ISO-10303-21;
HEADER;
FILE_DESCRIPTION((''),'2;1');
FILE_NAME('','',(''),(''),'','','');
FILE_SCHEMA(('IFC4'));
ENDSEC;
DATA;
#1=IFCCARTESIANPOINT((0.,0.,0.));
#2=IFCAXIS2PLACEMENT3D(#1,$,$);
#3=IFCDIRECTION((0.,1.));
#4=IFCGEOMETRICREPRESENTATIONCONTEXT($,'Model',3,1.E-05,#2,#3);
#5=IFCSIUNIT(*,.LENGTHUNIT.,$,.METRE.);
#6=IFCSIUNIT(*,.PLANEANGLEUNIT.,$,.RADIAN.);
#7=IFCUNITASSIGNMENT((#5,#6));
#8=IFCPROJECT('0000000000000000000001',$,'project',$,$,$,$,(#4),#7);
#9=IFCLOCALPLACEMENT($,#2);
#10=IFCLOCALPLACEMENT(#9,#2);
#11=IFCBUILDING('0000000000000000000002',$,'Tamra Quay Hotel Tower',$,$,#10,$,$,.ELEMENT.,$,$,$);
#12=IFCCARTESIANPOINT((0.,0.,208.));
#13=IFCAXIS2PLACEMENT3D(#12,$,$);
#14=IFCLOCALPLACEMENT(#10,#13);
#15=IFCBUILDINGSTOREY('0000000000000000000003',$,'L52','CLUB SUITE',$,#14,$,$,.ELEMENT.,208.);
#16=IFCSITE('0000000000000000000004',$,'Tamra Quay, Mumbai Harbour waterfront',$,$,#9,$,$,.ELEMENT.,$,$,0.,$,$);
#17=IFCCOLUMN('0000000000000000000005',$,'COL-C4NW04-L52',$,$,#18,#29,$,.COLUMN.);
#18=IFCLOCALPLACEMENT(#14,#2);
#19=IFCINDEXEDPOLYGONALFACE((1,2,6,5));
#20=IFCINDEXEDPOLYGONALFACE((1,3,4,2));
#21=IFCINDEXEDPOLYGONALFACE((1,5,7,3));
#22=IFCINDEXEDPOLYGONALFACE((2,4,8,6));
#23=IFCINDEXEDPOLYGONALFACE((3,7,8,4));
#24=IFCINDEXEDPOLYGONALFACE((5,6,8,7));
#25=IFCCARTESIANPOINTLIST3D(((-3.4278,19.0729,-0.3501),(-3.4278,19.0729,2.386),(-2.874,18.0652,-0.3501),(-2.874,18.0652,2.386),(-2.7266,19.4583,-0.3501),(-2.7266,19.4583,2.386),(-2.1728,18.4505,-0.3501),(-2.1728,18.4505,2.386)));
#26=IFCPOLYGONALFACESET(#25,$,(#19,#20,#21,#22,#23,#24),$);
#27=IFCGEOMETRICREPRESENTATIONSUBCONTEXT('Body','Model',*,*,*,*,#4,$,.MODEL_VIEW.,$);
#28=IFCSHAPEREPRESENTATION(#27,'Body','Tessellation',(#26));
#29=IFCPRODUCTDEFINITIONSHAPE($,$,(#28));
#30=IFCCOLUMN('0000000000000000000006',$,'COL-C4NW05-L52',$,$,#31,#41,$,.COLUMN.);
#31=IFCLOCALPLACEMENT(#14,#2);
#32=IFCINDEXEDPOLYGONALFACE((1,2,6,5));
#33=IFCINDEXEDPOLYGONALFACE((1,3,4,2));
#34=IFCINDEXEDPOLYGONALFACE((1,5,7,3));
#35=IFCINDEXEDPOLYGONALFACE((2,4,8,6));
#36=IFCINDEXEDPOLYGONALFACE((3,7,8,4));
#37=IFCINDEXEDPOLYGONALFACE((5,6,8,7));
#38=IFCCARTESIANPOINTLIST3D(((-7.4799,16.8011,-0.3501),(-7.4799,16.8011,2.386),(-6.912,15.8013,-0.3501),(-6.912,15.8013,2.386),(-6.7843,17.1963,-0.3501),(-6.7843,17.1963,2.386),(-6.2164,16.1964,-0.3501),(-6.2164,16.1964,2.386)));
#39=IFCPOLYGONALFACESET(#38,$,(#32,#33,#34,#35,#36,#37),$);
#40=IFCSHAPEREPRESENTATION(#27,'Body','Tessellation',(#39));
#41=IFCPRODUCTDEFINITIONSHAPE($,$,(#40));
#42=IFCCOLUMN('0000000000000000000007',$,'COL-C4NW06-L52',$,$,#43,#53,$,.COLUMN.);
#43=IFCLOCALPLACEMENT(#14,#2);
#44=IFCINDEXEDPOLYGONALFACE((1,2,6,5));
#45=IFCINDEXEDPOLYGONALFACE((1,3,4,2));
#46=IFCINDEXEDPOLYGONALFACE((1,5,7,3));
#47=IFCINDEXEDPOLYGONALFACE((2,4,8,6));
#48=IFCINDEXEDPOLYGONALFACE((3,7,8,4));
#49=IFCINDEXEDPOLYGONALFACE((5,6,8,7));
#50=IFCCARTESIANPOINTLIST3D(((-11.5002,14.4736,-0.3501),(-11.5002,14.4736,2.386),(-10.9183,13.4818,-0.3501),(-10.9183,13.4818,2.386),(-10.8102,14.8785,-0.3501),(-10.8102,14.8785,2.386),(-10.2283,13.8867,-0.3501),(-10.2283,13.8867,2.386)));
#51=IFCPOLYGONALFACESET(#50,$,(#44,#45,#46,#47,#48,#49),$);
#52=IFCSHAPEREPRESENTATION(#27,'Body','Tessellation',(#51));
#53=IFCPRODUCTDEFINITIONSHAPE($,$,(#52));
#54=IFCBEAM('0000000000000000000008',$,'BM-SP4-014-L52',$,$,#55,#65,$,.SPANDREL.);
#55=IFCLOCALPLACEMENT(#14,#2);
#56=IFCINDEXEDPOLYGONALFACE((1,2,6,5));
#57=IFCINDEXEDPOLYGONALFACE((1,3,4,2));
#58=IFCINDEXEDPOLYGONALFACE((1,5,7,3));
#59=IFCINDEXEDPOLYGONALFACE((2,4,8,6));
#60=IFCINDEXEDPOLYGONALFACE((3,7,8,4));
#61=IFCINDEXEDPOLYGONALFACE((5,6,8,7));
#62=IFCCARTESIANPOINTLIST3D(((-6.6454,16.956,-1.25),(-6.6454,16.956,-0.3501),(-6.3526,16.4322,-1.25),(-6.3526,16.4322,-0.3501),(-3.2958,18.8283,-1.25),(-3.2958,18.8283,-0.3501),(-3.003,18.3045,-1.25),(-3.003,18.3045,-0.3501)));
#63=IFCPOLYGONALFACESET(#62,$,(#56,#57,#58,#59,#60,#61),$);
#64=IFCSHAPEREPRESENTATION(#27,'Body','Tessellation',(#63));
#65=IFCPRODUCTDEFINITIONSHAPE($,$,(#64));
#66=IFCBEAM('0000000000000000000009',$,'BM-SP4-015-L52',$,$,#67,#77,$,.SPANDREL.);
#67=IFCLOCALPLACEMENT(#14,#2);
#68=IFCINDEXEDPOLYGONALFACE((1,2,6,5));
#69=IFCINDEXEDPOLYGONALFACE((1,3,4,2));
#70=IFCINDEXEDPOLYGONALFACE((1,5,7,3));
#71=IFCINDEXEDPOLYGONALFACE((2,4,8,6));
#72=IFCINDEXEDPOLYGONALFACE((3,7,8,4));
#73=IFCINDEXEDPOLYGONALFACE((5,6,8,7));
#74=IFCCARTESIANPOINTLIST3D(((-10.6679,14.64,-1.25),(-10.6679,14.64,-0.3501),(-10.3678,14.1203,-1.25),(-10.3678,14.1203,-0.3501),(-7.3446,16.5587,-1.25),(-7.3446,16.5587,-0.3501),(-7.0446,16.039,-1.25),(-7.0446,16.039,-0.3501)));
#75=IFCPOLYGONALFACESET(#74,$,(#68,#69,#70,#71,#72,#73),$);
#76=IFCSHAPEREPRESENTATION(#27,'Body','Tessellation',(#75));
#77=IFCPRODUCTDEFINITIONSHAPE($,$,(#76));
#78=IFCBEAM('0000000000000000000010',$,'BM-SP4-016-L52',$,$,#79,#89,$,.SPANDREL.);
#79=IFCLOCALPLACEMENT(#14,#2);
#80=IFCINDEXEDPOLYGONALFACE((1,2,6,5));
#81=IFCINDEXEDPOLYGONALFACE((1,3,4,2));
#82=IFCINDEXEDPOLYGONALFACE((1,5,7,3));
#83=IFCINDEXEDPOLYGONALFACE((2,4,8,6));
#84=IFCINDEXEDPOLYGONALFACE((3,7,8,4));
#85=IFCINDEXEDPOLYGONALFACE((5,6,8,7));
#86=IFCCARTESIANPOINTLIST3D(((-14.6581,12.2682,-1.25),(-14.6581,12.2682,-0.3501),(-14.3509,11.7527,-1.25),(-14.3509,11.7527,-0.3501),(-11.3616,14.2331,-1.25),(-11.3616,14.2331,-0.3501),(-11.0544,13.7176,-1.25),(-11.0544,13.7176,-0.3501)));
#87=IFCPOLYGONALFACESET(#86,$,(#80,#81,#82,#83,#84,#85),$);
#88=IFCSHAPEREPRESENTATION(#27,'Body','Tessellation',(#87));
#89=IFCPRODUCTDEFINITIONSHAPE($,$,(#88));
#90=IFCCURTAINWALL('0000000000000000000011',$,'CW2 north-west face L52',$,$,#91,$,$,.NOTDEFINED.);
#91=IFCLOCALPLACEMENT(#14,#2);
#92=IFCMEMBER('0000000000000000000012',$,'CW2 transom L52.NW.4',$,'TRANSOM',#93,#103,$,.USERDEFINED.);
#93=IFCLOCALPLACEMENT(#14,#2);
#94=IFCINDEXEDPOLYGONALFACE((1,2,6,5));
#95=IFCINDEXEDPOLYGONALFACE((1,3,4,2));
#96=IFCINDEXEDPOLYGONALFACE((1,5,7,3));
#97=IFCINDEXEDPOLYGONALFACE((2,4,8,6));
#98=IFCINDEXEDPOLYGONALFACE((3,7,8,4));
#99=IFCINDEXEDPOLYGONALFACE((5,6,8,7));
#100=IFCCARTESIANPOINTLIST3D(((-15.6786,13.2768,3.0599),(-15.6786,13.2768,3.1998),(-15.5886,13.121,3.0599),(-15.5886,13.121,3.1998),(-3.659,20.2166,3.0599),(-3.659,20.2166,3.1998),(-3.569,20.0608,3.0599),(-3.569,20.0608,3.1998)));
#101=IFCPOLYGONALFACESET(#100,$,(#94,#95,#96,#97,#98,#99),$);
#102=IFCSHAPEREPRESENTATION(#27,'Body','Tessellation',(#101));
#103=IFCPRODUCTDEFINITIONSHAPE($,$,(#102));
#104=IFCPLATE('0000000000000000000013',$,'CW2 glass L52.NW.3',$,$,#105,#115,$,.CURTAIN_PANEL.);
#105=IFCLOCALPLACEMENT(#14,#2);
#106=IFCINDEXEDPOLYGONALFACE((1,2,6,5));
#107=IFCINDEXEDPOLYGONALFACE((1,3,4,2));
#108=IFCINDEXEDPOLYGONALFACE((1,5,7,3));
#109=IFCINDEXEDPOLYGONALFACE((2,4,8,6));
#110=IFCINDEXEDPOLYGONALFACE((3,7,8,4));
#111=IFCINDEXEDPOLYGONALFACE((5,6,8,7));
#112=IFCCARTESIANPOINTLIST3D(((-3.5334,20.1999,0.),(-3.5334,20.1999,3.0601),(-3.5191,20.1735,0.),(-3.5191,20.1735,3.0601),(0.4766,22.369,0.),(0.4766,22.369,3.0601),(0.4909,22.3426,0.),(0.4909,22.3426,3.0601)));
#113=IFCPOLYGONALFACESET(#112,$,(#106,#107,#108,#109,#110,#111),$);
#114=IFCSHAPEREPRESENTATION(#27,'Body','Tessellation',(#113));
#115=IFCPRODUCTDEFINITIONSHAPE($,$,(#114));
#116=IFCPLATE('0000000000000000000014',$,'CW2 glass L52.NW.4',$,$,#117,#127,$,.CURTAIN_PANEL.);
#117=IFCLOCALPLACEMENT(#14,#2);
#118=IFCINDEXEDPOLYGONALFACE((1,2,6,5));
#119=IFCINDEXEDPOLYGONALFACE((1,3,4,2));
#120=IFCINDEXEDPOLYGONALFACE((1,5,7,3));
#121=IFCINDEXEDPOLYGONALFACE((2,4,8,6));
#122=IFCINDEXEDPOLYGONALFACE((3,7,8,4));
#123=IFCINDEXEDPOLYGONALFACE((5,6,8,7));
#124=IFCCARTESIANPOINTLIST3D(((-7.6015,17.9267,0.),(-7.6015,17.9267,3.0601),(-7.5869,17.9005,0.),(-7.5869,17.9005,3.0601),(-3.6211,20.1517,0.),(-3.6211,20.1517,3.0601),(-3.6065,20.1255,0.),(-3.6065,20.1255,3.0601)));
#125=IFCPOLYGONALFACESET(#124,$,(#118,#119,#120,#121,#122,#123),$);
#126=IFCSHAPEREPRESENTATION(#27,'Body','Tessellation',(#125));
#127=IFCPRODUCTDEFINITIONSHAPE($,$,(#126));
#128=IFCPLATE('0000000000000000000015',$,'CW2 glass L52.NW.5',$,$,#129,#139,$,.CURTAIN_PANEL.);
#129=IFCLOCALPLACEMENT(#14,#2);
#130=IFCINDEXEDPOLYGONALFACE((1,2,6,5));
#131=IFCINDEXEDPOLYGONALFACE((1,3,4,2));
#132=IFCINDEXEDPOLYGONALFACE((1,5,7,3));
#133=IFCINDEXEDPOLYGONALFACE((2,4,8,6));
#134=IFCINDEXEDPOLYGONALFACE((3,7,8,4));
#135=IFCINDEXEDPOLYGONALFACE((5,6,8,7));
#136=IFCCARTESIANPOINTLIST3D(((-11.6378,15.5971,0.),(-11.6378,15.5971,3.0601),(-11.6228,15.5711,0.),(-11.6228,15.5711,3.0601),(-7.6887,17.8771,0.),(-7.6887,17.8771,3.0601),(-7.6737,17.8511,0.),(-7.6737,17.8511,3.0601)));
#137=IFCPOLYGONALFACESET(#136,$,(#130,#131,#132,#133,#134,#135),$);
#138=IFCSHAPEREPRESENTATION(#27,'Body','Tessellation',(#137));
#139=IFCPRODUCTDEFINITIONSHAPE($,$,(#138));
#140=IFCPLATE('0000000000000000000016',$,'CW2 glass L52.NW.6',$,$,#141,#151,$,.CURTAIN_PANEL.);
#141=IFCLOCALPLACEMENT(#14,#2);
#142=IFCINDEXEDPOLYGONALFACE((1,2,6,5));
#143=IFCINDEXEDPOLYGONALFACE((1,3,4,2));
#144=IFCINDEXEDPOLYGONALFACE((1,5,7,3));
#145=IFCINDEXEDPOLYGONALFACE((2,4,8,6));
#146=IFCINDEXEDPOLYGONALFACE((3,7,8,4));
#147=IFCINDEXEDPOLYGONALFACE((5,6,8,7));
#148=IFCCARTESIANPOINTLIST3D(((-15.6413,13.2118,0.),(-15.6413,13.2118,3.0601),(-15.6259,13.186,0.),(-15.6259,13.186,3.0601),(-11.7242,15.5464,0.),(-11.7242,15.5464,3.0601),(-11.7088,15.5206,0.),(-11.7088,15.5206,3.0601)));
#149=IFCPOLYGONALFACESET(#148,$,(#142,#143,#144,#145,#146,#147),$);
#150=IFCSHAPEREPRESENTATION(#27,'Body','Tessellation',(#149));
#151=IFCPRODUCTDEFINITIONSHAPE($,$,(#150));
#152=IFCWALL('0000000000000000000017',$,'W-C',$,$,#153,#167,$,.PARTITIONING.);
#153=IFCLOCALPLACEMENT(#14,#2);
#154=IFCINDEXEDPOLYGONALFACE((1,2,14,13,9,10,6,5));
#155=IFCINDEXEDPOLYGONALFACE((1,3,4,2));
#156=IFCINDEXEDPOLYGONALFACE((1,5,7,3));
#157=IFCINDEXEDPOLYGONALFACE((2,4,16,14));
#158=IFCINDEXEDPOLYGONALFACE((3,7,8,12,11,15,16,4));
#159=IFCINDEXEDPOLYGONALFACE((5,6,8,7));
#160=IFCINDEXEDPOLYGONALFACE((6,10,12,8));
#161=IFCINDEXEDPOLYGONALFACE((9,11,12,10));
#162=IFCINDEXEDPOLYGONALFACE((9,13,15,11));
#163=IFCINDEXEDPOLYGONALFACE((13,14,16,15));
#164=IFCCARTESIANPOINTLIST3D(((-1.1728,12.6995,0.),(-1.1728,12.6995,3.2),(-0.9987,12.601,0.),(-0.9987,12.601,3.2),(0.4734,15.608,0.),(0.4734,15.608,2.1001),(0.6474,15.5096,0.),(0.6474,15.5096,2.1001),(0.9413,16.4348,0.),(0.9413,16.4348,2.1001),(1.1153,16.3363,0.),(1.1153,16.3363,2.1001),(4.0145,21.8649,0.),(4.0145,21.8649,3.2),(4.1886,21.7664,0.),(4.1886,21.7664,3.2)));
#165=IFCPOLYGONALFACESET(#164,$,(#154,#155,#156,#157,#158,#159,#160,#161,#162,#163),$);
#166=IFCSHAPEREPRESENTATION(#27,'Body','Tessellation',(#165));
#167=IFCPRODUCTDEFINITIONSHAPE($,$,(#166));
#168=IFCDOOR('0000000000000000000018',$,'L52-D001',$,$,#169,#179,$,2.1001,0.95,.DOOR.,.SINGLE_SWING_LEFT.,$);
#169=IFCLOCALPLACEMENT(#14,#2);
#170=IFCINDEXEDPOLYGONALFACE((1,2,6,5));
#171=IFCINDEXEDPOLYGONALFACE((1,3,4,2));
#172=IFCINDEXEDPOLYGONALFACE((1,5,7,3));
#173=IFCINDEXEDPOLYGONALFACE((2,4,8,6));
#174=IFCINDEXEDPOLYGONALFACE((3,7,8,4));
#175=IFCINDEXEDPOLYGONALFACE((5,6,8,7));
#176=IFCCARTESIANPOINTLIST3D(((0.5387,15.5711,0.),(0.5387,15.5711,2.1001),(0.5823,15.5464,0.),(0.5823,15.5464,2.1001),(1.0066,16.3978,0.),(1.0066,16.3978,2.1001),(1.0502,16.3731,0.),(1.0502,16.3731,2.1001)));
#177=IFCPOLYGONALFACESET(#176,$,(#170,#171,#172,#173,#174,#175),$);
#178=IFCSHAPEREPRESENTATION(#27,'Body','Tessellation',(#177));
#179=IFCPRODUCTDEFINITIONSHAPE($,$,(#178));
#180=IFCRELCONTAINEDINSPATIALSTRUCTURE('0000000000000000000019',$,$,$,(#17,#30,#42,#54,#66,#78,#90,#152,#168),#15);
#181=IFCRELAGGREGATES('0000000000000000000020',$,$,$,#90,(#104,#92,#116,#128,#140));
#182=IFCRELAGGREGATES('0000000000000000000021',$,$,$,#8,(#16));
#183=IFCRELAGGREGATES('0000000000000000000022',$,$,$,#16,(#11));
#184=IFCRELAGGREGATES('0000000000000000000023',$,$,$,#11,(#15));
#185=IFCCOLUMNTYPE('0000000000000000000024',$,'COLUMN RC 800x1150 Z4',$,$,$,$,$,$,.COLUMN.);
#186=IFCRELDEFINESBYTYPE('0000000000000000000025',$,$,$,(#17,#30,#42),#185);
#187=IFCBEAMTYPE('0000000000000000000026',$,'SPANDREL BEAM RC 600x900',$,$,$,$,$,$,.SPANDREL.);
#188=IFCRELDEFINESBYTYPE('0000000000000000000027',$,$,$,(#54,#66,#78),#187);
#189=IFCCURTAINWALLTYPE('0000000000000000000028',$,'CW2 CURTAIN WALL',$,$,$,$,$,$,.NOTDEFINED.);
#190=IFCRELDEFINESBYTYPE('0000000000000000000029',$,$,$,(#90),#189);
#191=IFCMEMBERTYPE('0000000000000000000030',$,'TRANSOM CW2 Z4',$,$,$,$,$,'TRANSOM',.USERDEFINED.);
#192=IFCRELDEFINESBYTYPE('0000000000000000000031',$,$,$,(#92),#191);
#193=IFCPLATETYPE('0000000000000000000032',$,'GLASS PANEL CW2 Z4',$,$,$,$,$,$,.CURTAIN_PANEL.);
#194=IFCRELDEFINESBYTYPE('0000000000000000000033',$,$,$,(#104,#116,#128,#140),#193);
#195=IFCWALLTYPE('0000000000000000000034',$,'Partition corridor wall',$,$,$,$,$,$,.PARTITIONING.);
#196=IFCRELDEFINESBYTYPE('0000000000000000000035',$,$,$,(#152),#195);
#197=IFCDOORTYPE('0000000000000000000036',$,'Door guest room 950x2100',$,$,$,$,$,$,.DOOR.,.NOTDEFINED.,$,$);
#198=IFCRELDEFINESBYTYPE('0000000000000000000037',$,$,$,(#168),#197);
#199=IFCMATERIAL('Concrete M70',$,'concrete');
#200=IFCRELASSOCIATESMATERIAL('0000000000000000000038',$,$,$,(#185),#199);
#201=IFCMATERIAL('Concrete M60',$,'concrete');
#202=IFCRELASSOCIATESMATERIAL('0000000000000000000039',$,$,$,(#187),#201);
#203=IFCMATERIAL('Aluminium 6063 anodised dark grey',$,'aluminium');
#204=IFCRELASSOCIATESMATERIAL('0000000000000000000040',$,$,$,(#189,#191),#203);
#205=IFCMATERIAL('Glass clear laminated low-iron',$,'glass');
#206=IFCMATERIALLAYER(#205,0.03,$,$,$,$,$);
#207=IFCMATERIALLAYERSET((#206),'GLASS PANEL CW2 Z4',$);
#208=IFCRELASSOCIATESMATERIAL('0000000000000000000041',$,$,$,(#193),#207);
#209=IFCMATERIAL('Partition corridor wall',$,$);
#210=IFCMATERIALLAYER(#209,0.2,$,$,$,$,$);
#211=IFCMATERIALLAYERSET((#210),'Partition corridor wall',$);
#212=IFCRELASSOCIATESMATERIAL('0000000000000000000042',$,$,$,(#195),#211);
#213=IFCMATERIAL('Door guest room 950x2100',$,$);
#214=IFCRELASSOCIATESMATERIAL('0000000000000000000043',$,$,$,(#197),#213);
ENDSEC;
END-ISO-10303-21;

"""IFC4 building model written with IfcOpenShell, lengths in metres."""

from ifc_helpers import new_model, si_unit, direction, frame, frame_2d, origin, origin_2d, place, context, subcontext, project, spatial, rectangle, extrude, material, layer, layer_set, material_profile, profile_set, type_object, element, fill, aggregate, save


model = new_model("IFC4")

# Units and contexts
model_context = context("Model", 3, precision=1e-05, world=origin(), true_north=direction((0.0, 1.0)))
body_context = subcontext(model_context, "Body", "Model", "MODEL_VIEW")
ifc_project = project(units=[si_unit("LENGTHUNIT", "METRE"), si_unit("PLANEANGLEUNIT", "RADIAN")], contexts=[model_context])

# Site, building, storey
site_placement = place(None, origin())
site = spatial("IfcSite", under=ifc_project, at=site_placement, Name="Tamra Quay, Mumbai Harbour waterfront", CompositionType="ELEMENT", RefElevation=0.0)
building_placement = place(site_placement, origin())
building = spatial("IfcBuilding", under=site, at=building_placement, Name="Tamra Quay Hotel Tower", CompositionType="ELEMENT")
storey_placement = place(building_placement, frame((0.0, 0.0, 208.0)))
storey = spatial("IfcBuildingStorey", under=building, at=storey_placement, Name="L52", Description="CLUB SUITE", CompositionType="ELEMENT", Elevation=208.0)

# Columns
ifc_material_1 = material(Name="Concrete M70", Category="concrete")
ifc_material_profile_1 = material_profile(ifc_material_1, rectangle(XDim=1.1499, YDim=0.8, at=origin_2d()), Name="COLUMN RC 800x1150 Z4")
ifc_profile_set_1 = profile_set([ifc_material_profile_1], Name="Concrete M70")
column_type = type_object("IfcColumnType", Name="COLUMN RC 800x1150 Z4", PredefinedType="COLUMN", material=ifc_profile_set_1)
for number, where, z_axis, x_axis, name in (
    (1, (-2.8003, 18.7617, -0.3501), (0.0, 0.0, 1.0), (-0.481602, 0.87639, 0.0), "COL-C4NW04-L52"),
    (2, (-6.8481, 16.4988, -0.3501), (0.0, 0.0, 1.0), (-0.49389, 0.869524, 0.0), "COL-C4NW05-L52"),
    (3, (-10.8643, 14.1802, -0.3501), (0.0, 0.0, 1.0), (-0.506085, 0.862484, 0.0), "COL-C4NW06-L52"),
):
    element("IfcColumn", number, at=place(storey_placement, frame(where, z_axis=z_axis, x_axis=x_axis)), inside=storey, type_object=column_type, Name=name, PredefinedType="COLUMN", context=body_context, shape_type="SweptSolid", body=[
        extrude(rectangle(XDim=1.1499, YDim=0.8, at=origin_2d()), origin(), (0.0, 0.0, 1.0), 2.7361),
    ])

# Beams
ifc_material_2 = material(Name="Concrete M60", Category="concrete")
ifc_material_profile_2 = material_profile(ifc_material_2, rectangle(XDim=0.6001, YDim=0.8999, at=origin_2d()), Name="SPANDREL BEAM RC 600x900")
ifc_profile_set_2 = profile_set([ifc_material_profile_2], Name="Concrete M60")
beam_type = type_object("IfcBeamType", Name="SPANDREL BEAM RC 600x900", PredefinedType="SPANDREL", material=ifc_profile_set_2)
for number, where, z_axis, x_axis, name in (
    (4, (-3.1494, 18.5664, -0.8), (-0.872891, -0.487915, 0.0), (0.487915, -0.872891, 0.0), "BM-SP4-014-L52"),
    (5, (-7.1946, 16.2988, -0.8), (-0.866022, -0.500005, 0.0), (0.500005, -0.866022, 0.0), "BM-SP4-015-L52"),
):
    element("IfcBeam", number, at=place(storey_placement, frame(where, z_axis=z_axis, x_axis=x_axis)), inside=storey, type_object=beam_type, Name=name, PredefinedType="SPANDREL", context=body_context, shape_type="SweptSolid", body=[
        extrude(rectangle(XDim=0.6001, YDim=0.8999, at=origin_2d()), origin(), (0.0, 0.0, 1.0), 3.8374),
    ])
beam_placement = place(storey_placement, frame((-11.208, 13.9753, -0.8), z_axis=(-0.858982, -0.512005, 0.0), x_axis=(0.512005, -0.858982, 0.0)))
element("IfcBeam", 6, at=beam_placement, inside=storey, type_object=beam_type, Name="BM-SP4-016-L52", PredefinedType="SPANDREL", context=body_context, shape_type="SweptSolid", body=[
    extrude(rectangle(XDim=0.6001, YDim=0.8999, at=origin_2d()), origin(), (0.0, 0.0, 1.0), 3.8376),
])

# Curtain wall, member, plates
ifc_material_3 = material(Name="Aluminium 6063 anodised dark grey", Category="aluminium")
curtain_wall_type = type_object("IfcCurtainWallType", Name="CW2 CURTAIN WALL", PredefinedType="NOTDEFINED", material=ifc_material_3)
curtain_wall_placement = place(storey_placement, origin())
curtain_wall = element("IfcCurtainWall", 7, at=curtain_wall_placement, inside=storey, type_object=curtain_wall_type, Name="CW2 north-west face L52", PredefinedType="NOTDEFINED")
ifc_material_profile_3 = material_profile(ifc_material_3, rectangle(XDim=0.1799, YDim=0.1399, at=origin_2d()), Name="TRANSOM 180X140")
ifc_profile_set_3 = profile_set([ifc_material_profile_3], Name="Aluminium 6063 anodised dark grey")
member_type = type_object("IfcMemberType", Name="TRANSOM CW2 Z4", ElementType="TRANSOM", PredefinedType="USERDEFINED", material=ifc_profile_set_3)
member_placement = place(storey_placement, frame((-3.614, 20.1387, 3.1299), z_axis=(-0.866019, -0.500012, 0.0), x_axis=(0.500012, -0.866019, 0.0)))
member = element("IfcMember", 8, at=member_placement, type_object=member_type, Name="CW2 transom L52.NW.4", ObjectType="TRANSOM", PredefinedType="USERDEFINED", context=body_context, shape_type="SweptSolid", body=[
    extrude(rectangle(XDim=0.1799, YDim=0.1399, at=origin_2d()), origin(), (0.0, 0.0, 1.0), 13.8792),
])
ifc_material_4 = material(Name="Glass clear laminated low-iron", Category="glass")
ifc_layer_1 = layer(ifc_material_4, 0.03)
ifc_layer_set_1 = layer_set([ifc_layer_1], Name="GLASS PANEL CW2 Z4")
plate_type = type_object("IfcPlateType", Name="GLASS PANEL CW2 Z4", PredefinedType="CURTAIN_PANEL", material=ifc_layer_set_1)
plate_1_placement = place(storey_placement, frame((-1.5212, 21.2712, 0.0), z_axis=(0.0, 0.0, 1.0), x_axis=(-0.879569, -0.475772, 0.0)))
plate_1 = element("IfcPlate", 9, at=plate_1_placement, type_object=plate_type, Name="CW2 glass L52.NW.3", PredefinedType="CURTAIN_PANEL", context=body_context, shape_type="SweptSolid", body=[
    extrude(rectangle(XDim=4.5591, YDim=0.03, at=origin_2d()), origin(), (0.0, 0.0, 1.0), 3.0601),
])
plate_2_placement = place(storey_placement, frame((-5.604, 19.0261, 0.0), z_axis=(0.0, 0.0, 1.0), x_axis=(-0.872885, -0.487926, 0.0)))
plate_2 = element("IfcPlate", 10, at=plate_2_placement, type_object=plate_type, Name="CW2 glass L52.NW.4", PredefinedType="CURTAIN_PANEL", context=body_context, shape_type="SweptSolid", body=[
    extrude(rectangle(XDim=4.5601, YDim=0.03, at=origin_2d()), origin(), (0.0, 0.0, 1.0), 3.0601),
])
plate_3_placement = place(storey_placement, frame((-9.6558, 16.7241, 0.0), z_axis=(0.0, 0.0, 1.0), x_axis=(-0.866025, -0.5, 0.0)))
plate_3 = element("IfcPlate", 11, at=plate_3_placement, type_object=plate_type, Name="CW2 glass L52.NW.5", PredefinedType="CURTAIN_PANEL", context=body_context, shape_type="SweptSolid", body=[
    extrude(rectangle(XDim=4.5601, YDim=0.03, at=origin_2d()), origin(), (0.0, 0.0, 1.0), 3.0601),
])
plate_4_placement = place(storey_placement, frame((-13.675, 14.3662, 0.0), z_axis=(0.0, 0.0, 1.0), x_axis=(-0.858999, -0.511977, 0.0)))
plate_4 = element("IfcPlate", 12, at=plate_4_placement, type_object=plate_type, Name="CW2 glass L52.NW.6", PredefinedType="CURTAIN_PANEL", context=body_context, shape_type="SweptSolid", body=[
    extrude(rectangle(XDim=4.5601, YDim=0.03, at=origin_2d()), origin(), (0.0, 0.0, 1.0), 3.0601),
])
aggregate(curtain_wall, [plate_1, member, plate_2, plate_3, plate_4])

# Wall, opening, door
ifc_material_5 = material(Name="Partition corridor wall")
ifc_layer_2 = layer(ifc_material_5, 0.2)
ifc_layer_set_2 = layer_set([ifc_layer_2], Name="Partition corridor wall")
wall_type_1 = type_object("IfcWallType", Name="Partition corridor wall", PredefinedType="PARTITIONING", material=ifc_layer_set_2)
wall_1_placement = place(storey_placement, frame((-1.0857, 12.6504, 0.0), z_axis=(0.0, 0.0, 1.0), x_axis=(0.492552, 0.870283, 0.0)))
wall_1 = element("IfcWall", 13, at=wall_1_placement, inside=storey, type_object=wall_type_1, Name="W-C", PredefinedType="PARTITIONING", context=body_context, shape_type="SweptSolid", body=[
    extrude(rectangle(XDim=10.5315, YDim=0.2, at=frame_2d((5.2656, 0.0))), origin(), (0.0, 0.0, 1.0), 3.2),
])
opening_1_placement = place(wall_1_placement, frame((3.3418, 0.0, 0.0)))
opening_1 = element("IfcOpeningElement", 14, at=opening_1_placement, cuts=wall_1, PredefinedType="OPENING", context=body_context, shape_type="SweptSolid", body=[
    extrude(rectangle(XDim=0.95, YDim=2.1001, at=frame_2d((0.4751, 1.05))), frame((0.0, 0.1099, 0.0), z_axis=(0.0, -1.0, 0.0), x_axis=(1.0, 0.0, 0.0)), (0.0, 0.0, 1.0), 0.22),
])
ifc_material_6 = material(Name="Door guest room 950x2100")
door_type_1 = type_object("IfcDoorType", Name="Door guest room 950x2100", OperationType="NOTDEFINED", PredefinedType="DOOR", material=ifc_material_6)
door_1_placement = place(opening_1_placement, origin())
door_1 = element("IfcDoor", 15, at=door_1_placement, inside=storey, type_object=door_type_1, Name="L52-D001", OperationType="SINGLE_SWING_LEFT", OverallHeight=2.1001, OverallWidth=0.95, PredefinedType="DOOR", context=body_context, shape_type="SweptSolid", body=[
    extrude(rectangle(XDim=0.95, YDim=2.1001, at=frame_2d((0.4751, 1.05))), frame((0.0, 0.0249, 0.0), z_axis=(0.0, -1.0, 0.0), x_axis=(1.0, 0.0, 0.0)), (0.0, 0.0, 1.0), 0.05),
])
fill(opening_1, door_1)

save(model, "model.ifc")
